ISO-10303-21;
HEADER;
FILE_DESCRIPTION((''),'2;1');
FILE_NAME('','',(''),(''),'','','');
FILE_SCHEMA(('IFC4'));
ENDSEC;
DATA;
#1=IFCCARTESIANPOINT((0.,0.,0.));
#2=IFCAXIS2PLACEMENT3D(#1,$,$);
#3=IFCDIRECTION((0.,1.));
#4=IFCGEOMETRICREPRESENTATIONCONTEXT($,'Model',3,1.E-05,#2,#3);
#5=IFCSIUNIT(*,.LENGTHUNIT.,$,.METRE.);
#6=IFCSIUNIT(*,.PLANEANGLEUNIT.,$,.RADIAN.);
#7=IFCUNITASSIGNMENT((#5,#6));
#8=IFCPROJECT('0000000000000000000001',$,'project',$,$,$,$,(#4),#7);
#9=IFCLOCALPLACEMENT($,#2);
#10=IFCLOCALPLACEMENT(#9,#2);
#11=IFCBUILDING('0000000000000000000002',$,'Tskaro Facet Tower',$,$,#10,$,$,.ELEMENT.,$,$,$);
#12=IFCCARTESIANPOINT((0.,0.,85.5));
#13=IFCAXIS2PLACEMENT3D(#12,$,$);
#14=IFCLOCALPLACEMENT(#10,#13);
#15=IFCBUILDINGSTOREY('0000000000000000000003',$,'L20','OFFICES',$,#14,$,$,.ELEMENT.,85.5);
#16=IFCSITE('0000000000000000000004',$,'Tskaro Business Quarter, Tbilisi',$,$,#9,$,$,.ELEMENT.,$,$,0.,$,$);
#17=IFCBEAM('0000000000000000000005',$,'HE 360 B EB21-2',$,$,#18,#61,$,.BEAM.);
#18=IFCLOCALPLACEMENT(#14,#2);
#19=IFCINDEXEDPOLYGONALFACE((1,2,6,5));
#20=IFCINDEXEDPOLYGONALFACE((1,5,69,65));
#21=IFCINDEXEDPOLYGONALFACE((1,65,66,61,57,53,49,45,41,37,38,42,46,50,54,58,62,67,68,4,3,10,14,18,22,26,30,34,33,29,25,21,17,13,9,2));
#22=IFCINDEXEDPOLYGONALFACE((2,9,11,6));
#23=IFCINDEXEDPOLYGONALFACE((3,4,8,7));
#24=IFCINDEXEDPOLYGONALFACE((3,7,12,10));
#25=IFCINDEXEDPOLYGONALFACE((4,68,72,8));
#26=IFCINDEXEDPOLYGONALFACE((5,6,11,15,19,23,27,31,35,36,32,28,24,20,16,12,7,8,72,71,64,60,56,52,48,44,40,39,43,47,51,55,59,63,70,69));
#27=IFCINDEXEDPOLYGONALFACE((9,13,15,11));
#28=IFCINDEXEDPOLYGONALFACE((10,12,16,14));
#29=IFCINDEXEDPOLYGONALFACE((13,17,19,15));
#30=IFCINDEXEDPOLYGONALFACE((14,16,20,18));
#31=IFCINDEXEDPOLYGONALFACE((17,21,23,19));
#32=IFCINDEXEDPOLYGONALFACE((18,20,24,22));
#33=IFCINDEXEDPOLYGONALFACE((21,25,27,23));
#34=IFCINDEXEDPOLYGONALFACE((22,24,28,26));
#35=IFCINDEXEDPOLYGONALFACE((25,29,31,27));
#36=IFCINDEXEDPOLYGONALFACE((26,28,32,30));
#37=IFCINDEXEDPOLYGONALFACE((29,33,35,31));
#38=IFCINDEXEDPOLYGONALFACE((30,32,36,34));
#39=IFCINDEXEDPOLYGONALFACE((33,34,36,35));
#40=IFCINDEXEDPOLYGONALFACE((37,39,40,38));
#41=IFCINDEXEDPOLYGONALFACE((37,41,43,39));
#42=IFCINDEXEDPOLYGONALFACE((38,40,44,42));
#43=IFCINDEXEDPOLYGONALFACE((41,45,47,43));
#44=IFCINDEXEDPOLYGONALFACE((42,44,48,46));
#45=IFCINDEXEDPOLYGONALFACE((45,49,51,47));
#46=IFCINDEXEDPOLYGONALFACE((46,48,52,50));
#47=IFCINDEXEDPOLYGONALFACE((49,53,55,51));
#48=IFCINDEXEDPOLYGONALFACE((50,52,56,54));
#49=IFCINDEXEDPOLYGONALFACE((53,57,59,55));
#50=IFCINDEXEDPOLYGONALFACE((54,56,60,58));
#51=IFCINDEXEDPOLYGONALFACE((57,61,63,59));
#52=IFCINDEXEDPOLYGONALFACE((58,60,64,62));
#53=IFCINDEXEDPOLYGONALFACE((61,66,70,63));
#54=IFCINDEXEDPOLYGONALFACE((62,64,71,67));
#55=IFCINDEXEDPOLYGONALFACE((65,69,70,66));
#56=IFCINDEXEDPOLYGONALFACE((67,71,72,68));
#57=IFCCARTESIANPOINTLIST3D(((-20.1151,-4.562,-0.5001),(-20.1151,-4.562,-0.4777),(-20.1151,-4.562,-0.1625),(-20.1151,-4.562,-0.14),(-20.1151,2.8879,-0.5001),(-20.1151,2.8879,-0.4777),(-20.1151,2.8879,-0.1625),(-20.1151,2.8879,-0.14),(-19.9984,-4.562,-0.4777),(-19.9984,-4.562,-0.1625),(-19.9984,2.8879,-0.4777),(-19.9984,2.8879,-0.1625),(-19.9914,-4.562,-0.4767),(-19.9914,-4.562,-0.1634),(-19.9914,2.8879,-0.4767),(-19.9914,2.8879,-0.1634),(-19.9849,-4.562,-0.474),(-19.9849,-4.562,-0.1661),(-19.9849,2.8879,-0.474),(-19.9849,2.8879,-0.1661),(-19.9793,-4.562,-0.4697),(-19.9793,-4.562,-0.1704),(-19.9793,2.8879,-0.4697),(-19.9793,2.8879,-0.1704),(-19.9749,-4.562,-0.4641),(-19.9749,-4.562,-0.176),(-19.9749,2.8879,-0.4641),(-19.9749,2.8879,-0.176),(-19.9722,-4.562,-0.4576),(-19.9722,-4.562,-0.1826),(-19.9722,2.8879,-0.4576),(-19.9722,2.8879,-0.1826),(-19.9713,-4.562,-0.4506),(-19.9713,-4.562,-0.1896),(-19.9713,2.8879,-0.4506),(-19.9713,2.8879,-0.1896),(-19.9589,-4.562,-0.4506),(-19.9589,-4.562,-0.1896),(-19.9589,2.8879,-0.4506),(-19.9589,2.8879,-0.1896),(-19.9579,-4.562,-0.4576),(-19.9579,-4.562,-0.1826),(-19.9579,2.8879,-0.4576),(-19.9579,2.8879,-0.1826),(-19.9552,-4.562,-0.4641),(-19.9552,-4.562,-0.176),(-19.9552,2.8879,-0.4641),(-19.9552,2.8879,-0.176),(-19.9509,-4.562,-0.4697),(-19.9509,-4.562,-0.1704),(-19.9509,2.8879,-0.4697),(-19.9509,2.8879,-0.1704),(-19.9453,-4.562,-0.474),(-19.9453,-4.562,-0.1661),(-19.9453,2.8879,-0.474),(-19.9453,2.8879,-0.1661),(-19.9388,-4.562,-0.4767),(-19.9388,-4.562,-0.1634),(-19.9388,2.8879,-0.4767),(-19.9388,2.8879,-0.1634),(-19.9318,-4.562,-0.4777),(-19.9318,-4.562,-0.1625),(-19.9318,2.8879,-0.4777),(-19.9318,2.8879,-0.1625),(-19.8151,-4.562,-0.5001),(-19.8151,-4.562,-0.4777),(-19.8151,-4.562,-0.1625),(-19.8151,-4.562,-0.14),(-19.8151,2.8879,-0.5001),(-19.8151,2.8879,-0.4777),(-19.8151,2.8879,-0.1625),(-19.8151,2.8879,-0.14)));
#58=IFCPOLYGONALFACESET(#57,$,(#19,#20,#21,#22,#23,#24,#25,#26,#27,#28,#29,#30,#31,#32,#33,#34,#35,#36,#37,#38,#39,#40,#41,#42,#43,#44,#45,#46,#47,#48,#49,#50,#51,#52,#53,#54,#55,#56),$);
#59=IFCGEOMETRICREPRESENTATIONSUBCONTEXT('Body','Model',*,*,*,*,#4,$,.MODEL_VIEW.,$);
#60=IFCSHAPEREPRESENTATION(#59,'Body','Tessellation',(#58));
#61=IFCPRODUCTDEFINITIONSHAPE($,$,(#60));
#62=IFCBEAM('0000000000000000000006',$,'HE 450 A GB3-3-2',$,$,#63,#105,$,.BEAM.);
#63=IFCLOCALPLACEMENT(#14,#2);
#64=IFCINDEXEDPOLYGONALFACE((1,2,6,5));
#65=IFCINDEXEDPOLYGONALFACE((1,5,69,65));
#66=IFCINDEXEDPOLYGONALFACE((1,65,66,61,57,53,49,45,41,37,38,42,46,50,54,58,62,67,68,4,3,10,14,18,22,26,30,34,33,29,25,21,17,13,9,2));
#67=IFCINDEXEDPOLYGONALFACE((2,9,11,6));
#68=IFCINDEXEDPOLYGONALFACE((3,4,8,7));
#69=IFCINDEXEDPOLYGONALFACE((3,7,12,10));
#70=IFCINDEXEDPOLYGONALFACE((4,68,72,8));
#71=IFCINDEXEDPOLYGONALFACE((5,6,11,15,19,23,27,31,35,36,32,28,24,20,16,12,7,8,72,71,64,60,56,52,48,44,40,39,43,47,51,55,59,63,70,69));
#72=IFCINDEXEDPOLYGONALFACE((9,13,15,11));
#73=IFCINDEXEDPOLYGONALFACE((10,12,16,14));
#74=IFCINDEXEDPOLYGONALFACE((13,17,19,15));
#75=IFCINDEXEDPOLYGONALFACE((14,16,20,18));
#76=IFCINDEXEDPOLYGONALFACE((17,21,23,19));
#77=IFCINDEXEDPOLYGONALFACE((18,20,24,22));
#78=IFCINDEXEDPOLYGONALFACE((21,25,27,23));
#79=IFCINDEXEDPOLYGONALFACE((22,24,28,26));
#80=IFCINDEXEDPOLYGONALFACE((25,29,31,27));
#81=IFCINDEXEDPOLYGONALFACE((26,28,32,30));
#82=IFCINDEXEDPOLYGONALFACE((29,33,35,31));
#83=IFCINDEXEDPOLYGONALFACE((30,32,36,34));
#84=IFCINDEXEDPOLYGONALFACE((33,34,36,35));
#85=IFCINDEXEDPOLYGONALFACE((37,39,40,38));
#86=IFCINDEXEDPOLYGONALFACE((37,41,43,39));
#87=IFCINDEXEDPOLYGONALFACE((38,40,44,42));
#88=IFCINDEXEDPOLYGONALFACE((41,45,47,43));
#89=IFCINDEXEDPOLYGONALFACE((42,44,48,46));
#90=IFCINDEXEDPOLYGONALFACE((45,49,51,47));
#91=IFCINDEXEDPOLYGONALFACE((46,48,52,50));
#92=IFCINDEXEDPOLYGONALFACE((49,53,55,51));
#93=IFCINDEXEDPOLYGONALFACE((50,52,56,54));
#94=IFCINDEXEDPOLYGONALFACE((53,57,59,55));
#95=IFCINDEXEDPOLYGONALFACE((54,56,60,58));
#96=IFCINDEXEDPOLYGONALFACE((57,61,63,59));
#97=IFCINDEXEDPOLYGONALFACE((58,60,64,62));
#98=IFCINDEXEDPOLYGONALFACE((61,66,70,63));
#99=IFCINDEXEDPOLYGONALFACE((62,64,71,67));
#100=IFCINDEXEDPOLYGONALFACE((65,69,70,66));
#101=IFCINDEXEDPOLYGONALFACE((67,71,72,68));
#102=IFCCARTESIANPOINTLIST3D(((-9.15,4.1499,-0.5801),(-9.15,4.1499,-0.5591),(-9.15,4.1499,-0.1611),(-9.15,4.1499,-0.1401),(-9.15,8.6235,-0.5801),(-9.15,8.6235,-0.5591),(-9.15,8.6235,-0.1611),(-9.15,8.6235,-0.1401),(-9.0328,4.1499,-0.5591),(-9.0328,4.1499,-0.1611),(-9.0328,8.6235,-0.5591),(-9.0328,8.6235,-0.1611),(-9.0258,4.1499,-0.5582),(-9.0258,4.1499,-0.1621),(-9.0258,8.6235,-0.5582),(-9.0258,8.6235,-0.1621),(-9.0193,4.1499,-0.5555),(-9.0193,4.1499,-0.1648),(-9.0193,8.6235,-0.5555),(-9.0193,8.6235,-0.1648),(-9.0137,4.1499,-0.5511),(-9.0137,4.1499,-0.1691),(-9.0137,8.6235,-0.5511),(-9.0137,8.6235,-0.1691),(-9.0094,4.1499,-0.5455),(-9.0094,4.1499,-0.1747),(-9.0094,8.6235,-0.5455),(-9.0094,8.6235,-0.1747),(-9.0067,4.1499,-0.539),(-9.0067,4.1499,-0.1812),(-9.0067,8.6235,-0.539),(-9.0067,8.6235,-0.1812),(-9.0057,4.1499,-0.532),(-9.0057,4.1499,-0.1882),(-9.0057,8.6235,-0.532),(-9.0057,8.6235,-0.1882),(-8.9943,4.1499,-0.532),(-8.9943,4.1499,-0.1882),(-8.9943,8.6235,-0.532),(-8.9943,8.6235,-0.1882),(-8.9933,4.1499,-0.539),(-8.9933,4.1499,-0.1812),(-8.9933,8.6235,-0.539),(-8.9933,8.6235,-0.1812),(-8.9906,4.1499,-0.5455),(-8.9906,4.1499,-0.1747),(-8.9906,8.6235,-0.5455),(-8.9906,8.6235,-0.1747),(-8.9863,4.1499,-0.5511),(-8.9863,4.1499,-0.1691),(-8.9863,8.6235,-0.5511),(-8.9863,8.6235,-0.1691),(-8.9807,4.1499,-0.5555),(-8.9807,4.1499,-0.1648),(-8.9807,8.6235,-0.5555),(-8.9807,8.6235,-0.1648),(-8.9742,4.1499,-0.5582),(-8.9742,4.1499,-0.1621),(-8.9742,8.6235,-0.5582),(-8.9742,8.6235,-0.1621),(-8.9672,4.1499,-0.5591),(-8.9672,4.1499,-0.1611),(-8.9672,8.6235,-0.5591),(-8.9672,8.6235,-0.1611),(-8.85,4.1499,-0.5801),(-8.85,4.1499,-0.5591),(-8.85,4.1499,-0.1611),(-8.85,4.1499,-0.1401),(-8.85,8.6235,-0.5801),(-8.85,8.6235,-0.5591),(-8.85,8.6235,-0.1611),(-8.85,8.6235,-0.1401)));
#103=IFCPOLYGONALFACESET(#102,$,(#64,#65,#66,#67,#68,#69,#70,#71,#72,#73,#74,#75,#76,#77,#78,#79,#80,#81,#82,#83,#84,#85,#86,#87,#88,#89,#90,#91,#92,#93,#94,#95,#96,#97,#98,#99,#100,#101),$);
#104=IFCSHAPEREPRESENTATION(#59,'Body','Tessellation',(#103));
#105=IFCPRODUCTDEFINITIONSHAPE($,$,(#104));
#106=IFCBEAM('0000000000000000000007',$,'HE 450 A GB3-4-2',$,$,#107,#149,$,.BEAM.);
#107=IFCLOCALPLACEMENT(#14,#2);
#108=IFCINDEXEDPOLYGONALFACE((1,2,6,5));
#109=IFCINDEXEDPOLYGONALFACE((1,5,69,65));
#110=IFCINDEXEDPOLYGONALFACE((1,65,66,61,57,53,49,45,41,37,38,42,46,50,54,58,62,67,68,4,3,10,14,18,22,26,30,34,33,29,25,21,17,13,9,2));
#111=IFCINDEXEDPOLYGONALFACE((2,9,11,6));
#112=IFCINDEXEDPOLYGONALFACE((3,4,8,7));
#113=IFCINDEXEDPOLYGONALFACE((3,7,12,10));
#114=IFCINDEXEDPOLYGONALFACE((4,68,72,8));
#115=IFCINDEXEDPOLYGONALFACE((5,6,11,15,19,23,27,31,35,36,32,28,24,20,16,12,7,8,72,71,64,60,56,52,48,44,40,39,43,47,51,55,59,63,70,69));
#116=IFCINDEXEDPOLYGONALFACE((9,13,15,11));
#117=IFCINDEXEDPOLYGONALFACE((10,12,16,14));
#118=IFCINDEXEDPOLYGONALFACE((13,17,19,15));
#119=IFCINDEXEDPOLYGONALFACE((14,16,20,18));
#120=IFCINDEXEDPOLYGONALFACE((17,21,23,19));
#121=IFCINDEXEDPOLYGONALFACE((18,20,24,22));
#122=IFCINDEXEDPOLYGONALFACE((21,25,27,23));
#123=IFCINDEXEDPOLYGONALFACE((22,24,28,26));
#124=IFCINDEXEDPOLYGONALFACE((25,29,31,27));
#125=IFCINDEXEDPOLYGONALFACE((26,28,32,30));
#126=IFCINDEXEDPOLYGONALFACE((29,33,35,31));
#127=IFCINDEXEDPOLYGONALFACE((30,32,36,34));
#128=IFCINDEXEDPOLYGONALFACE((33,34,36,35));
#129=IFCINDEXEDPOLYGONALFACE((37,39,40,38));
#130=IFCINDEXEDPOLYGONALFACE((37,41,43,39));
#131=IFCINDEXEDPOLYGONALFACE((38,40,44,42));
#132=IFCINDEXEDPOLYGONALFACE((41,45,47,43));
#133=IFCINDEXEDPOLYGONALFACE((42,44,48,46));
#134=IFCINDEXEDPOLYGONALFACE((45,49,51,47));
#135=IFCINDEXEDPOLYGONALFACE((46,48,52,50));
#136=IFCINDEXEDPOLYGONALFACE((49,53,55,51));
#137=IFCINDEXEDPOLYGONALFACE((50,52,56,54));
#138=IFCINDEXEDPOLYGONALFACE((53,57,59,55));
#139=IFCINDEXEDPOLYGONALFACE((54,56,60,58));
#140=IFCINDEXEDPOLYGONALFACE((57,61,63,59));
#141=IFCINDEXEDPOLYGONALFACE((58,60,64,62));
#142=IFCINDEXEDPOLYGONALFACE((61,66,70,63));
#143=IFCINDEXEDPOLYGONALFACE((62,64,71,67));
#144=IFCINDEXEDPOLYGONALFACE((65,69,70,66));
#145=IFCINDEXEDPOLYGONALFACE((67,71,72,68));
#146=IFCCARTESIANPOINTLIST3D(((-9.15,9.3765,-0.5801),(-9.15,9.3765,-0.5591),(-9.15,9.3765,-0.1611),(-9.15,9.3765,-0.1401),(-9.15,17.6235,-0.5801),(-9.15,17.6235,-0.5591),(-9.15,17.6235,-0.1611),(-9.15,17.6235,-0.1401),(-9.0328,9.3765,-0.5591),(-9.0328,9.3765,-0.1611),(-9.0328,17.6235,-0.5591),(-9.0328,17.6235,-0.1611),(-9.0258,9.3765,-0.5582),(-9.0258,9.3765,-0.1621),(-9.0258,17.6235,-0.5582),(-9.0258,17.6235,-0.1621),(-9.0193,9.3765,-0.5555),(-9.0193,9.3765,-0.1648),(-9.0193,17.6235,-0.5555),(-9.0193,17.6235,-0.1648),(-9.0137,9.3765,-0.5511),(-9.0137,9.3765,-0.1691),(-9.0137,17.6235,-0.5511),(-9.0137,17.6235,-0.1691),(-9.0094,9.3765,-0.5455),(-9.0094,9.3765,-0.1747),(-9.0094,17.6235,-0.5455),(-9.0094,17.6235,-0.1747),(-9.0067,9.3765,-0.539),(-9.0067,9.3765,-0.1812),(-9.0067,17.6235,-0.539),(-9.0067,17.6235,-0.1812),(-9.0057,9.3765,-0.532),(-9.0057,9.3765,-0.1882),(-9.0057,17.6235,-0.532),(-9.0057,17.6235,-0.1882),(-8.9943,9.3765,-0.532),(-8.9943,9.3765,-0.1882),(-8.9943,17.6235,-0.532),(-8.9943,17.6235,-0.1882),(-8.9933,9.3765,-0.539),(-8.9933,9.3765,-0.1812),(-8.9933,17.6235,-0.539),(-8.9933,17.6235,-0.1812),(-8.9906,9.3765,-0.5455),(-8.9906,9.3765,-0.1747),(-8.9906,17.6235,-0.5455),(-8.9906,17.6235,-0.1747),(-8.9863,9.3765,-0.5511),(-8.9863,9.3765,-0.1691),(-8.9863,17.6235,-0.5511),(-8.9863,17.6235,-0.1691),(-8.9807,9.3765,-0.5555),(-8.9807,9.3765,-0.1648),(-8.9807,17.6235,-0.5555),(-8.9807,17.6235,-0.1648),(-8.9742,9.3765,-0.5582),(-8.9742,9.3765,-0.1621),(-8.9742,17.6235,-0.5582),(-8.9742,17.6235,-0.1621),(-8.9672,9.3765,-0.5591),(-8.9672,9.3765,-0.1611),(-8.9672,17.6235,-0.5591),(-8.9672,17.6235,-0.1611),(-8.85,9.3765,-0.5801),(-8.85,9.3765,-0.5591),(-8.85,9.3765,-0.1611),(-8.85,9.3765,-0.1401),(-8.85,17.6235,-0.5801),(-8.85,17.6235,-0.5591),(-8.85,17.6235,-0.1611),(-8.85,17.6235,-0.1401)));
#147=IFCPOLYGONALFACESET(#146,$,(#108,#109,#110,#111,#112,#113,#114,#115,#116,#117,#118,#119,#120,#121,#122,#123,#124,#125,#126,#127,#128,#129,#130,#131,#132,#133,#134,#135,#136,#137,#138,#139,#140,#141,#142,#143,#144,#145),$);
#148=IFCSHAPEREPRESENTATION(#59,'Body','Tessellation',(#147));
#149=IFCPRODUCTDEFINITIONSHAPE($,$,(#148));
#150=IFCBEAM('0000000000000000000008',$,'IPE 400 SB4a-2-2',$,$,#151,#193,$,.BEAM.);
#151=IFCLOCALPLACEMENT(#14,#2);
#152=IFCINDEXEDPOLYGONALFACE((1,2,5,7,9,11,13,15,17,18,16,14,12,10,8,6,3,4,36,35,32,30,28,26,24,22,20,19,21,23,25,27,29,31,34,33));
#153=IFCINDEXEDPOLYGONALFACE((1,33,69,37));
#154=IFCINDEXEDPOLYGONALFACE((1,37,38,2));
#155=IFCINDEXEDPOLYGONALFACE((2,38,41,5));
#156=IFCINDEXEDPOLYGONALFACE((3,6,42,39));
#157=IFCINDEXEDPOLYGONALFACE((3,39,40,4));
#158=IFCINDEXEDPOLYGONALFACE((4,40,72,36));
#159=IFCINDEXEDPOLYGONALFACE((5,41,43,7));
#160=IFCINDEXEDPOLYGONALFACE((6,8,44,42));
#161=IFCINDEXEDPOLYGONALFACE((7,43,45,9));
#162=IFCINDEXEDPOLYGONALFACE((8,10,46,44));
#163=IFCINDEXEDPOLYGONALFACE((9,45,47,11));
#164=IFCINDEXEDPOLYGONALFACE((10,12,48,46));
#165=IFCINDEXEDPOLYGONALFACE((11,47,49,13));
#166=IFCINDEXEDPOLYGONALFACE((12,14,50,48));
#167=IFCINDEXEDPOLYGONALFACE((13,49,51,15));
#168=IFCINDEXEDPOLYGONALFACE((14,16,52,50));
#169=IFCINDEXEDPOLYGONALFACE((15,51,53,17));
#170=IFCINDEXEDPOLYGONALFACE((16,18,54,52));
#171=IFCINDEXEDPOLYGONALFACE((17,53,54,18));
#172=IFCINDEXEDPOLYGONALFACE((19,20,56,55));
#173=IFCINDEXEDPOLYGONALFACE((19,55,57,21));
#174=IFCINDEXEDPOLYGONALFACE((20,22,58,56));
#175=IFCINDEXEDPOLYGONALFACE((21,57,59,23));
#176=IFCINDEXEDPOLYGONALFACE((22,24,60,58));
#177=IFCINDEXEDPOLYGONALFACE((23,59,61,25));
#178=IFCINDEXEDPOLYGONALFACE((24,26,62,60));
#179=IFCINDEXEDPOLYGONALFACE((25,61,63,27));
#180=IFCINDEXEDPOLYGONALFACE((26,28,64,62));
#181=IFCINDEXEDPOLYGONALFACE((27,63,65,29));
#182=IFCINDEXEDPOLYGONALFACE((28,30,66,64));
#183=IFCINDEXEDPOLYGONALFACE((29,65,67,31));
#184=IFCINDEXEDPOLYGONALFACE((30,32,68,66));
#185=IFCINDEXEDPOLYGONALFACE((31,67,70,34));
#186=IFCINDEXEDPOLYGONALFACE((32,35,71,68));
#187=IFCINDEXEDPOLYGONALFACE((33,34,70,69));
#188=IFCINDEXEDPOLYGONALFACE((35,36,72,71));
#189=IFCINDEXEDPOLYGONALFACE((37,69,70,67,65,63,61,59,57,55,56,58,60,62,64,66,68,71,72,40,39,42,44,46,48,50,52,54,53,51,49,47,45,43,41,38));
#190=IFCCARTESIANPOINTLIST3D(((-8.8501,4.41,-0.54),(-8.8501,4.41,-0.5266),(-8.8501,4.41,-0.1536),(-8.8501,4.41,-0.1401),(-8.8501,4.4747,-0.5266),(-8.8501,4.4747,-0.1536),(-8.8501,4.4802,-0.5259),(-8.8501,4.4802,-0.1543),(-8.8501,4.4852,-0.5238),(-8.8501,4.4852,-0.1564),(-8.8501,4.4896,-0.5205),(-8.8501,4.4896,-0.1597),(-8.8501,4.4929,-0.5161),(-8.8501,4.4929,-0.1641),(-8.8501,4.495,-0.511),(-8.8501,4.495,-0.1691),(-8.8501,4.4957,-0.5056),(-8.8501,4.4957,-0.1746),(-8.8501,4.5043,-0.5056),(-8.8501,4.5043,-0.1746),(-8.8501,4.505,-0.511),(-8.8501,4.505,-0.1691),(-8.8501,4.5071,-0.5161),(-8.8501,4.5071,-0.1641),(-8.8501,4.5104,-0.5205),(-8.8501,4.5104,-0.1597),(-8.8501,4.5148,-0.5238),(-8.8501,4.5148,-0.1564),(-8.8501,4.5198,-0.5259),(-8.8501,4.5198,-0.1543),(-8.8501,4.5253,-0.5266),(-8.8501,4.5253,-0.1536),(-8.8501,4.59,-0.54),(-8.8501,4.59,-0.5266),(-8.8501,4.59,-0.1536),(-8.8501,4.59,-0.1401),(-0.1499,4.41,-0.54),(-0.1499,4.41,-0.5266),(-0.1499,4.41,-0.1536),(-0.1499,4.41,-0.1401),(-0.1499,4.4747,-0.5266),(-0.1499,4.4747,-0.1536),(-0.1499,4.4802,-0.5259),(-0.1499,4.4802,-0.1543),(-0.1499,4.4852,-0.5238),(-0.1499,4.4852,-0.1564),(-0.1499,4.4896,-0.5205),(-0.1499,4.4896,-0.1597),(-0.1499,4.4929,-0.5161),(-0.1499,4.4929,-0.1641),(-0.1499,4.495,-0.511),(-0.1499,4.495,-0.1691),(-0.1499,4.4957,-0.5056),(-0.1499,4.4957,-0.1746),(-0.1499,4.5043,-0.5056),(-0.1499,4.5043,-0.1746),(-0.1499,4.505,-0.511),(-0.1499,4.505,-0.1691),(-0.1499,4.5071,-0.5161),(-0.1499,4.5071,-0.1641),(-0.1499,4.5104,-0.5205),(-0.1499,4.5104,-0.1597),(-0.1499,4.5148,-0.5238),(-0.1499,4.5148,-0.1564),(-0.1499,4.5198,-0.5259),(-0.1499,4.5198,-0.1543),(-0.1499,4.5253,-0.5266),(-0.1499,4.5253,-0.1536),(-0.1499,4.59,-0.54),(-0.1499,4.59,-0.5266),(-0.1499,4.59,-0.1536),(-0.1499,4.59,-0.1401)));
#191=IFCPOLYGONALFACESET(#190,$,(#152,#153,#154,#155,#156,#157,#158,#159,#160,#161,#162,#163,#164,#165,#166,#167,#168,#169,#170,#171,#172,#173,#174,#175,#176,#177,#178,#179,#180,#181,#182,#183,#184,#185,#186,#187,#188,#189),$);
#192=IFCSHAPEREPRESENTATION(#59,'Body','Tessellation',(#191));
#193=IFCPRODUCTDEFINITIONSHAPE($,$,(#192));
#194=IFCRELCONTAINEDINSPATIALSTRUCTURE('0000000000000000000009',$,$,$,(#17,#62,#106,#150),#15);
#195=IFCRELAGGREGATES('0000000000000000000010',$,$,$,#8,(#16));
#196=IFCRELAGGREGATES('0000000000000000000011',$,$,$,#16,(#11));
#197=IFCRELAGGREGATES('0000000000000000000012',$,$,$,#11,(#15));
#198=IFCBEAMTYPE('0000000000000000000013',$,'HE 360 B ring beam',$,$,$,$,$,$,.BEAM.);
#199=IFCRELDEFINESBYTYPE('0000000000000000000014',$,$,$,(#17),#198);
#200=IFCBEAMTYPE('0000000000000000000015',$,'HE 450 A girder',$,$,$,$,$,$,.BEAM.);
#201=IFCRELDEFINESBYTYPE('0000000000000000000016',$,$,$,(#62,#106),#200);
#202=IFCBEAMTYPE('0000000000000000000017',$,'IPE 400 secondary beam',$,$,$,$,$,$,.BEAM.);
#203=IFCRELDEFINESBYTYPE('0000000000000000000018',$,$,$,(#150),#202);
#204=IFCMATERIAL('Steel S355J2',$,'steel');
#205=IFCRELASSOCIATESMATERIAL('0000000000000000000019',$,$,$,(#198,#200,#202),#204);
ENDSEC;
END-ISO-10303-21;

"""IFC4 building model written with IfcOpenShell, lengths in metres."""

from ifc_helpers import new_model, si_unit, direction, frame, origin, origin_2d, place, context, subcontext, project, spatial, i_section, extrude, material, material_profile, profile_set, type_object, element, save


model = new_model("IFC4")

# Units and contexts
model_context = context("Model", 3, precision=1e-05, world=origin(), true_north=direction((0.0, 1.0)))
body_context = subcontext(model_context, "Body", "Model", "MODEL_VIEW")
ifc_project = project(units=[si_unit("LENGTHUNIT", "METRE"), si_unit("PLANEANGLEUNIT", "RADIAN")], contexts=[model_context])

# Site, building, storey
site_placement = place(None, origin())
site = spatial("IfcSite", under=ifc_project, at=site_placement, Name="Tskaro Business Quarter, Tbilisi", CompositionType="ELEMENT", RefElevation=0.0)
building_placement = place(site_placement, origin())
building = spatial("IfcBuilding", under=site, at=building_placement, Name="Tskaro Facet Tower", CompositionType="ELEMENT")
storey_placement = place(building_placement, frame((0.0, 0.0, 85.5)))
storey = spatial("IfcBuildingStorey", under=building, at=storey_placement, Name="L20", Description="OFFICES", CompositionType="ELEMENT", Elevation=85.5)

# Beams
ifc_material_1 = material(Name="Steel S355J2", Category="steel")
ifc_material_profile_1 = material_profile(ifc_material_1, i_section(OverallWidth=0.3, OverallDepth=0.3601, WebThickness=0.0125, FlangeThickness=0.0225, FilletRadius=0.0271, at=origin_2d()), Name="HE 360 B")
ifc_profile_set_1 = profile_set([ifc_material_profile_1], Name="Steel S355J2")
beam_type_1 = type_object("IfcBeamType", Name="HE 360 B ring beam", PredefinedType="BEAM", material=ifc_profile_set_1)
beam_1_placement = place(storey_placement, frame((-19.9651, 2.8879, -0.3201), z_axis=(0.0, -1.0, 0.0), x_axis=(1.0, 0.0, 0.0)))
element("IfcBeam", 1, at=beam_1_placement, inside=storey, type_object=beam_type_1, Name="HE 360 B EB21-2", PredefinedType="BEAM", context=body_context, shape_type="SweptSolid", body=[
    extrude(i_section(OverallWidth=0.3, OverallDepth=0.3601, WebThickness=0.0125, FlangeThickness=0.0225, FilletRadius=0.0271, at=origin_2d()), origin(), (0.0, 0.0, 1.0), 7.45),
])
ifc_material_profile_2 = material_profile(ifc_material_1, i_section(OverallWidth=0.3, OverallDepth=0.4399, WebThickness=0.0115, FlangeThickness=0.021, FilletRadius=0.0271, at=origin_2d()), Name="HE 450 A")
ifc_profile_set_2 = profile_set([ifc_material_profile_2], Name="Steel S355J2")
beam_type_2 = type_object("IfcBeamType", Name="HE 450 A girder", PredefinedType="BEAM", material=ifc_profile_set_2)
beam_2_placement = place(storey_placement, frame((-9.0, 4.1499, -0.3601), z_axis=(0.0, 1.0, 0.0), x_axis=(-1.0, 0.0, 0.0)))
element("IfcBeam", 2, at=beam_2_placement, inside=storey, type_object=beam_type_2, Name="HE 450 A GB3-3-2", PredefinedType="BEAM", context=body_context, shape_type="SweptSolid", body=[
    extrude(i_section(OverallWidth=0.3, OverallDepth=0.4399, WebThickness=0.0115, FlangeThickness=0.021, FilletRadius=0.0271, at=origin_2d()), origin(), (0.0, 0.0, 1.0), 4.4736),
])
beam_3_placement = place(storey_placement, frame((-9.0, 9.3765, -0.3601), z_axis=(0.0, 1.0, 0.0), x_axis=(-1.0, 0.0, 0.0)))
element("IfcBeam", 3, at=beam_3_placement, inside=storey, type_object=beam_type_2, Name="HE 450 A GB3-4-2", PredefinedType="BEAM", context=body_context, shape_type="SweptSolid", body=[
    extrude(i_section(OverallWidth=0.3, OverallDepth=0.4399, WebThickness=0.0115, FlangeThickness=0.021, FilletRadius=0.0271, at=origin_2d()), origin(), (0.0, 0.0, 1.0), 8.2471),
])
ifc_material_profile_3 = material_profile(ifc_material_1, i_section(OverallWidth=0.1799, OverallDepth=0.3999, WebThickness=0.0085, FlangeThickness=0.0134, FilletRadius=0.021, at=origin_2d()), Name="IPE 400")
ifc_profile_set_3 = profile_set([ifc_material_profile_3], Name="Steel S355J2")
beam_type_3 = type_object("IfcBeamType", Name="IPE 400 secondary beam", PredefinedType="BEAM", material=ifc_profile_set_3)
beam_4_placement = place(storey_placement, frame((-8.8501, 4.5, -0.3401), z_axis=(1.0, 0.0, 0.0), x_axis=(0.0, 1.0, 0.0)))
element("IfcBeam", 4, at=beam_4_placement, inside=storey, type_object=beam_type_3, Name="IPE 400 SB4a-2-2", PredefinedType="BEAM", context=body_context, shape_type="SweptSolid", body=[
    extrude(i_section(OverallWidth=0.1799, OverallDepth=0.3999, WebThickness=0.0085, FlangeThickness=0.0134, FilletRadius=0.021, at=origin_2d()), origin(), (0.0, 0.0, 1.0), 8.7002),
])

save(model, "model.ifc")
